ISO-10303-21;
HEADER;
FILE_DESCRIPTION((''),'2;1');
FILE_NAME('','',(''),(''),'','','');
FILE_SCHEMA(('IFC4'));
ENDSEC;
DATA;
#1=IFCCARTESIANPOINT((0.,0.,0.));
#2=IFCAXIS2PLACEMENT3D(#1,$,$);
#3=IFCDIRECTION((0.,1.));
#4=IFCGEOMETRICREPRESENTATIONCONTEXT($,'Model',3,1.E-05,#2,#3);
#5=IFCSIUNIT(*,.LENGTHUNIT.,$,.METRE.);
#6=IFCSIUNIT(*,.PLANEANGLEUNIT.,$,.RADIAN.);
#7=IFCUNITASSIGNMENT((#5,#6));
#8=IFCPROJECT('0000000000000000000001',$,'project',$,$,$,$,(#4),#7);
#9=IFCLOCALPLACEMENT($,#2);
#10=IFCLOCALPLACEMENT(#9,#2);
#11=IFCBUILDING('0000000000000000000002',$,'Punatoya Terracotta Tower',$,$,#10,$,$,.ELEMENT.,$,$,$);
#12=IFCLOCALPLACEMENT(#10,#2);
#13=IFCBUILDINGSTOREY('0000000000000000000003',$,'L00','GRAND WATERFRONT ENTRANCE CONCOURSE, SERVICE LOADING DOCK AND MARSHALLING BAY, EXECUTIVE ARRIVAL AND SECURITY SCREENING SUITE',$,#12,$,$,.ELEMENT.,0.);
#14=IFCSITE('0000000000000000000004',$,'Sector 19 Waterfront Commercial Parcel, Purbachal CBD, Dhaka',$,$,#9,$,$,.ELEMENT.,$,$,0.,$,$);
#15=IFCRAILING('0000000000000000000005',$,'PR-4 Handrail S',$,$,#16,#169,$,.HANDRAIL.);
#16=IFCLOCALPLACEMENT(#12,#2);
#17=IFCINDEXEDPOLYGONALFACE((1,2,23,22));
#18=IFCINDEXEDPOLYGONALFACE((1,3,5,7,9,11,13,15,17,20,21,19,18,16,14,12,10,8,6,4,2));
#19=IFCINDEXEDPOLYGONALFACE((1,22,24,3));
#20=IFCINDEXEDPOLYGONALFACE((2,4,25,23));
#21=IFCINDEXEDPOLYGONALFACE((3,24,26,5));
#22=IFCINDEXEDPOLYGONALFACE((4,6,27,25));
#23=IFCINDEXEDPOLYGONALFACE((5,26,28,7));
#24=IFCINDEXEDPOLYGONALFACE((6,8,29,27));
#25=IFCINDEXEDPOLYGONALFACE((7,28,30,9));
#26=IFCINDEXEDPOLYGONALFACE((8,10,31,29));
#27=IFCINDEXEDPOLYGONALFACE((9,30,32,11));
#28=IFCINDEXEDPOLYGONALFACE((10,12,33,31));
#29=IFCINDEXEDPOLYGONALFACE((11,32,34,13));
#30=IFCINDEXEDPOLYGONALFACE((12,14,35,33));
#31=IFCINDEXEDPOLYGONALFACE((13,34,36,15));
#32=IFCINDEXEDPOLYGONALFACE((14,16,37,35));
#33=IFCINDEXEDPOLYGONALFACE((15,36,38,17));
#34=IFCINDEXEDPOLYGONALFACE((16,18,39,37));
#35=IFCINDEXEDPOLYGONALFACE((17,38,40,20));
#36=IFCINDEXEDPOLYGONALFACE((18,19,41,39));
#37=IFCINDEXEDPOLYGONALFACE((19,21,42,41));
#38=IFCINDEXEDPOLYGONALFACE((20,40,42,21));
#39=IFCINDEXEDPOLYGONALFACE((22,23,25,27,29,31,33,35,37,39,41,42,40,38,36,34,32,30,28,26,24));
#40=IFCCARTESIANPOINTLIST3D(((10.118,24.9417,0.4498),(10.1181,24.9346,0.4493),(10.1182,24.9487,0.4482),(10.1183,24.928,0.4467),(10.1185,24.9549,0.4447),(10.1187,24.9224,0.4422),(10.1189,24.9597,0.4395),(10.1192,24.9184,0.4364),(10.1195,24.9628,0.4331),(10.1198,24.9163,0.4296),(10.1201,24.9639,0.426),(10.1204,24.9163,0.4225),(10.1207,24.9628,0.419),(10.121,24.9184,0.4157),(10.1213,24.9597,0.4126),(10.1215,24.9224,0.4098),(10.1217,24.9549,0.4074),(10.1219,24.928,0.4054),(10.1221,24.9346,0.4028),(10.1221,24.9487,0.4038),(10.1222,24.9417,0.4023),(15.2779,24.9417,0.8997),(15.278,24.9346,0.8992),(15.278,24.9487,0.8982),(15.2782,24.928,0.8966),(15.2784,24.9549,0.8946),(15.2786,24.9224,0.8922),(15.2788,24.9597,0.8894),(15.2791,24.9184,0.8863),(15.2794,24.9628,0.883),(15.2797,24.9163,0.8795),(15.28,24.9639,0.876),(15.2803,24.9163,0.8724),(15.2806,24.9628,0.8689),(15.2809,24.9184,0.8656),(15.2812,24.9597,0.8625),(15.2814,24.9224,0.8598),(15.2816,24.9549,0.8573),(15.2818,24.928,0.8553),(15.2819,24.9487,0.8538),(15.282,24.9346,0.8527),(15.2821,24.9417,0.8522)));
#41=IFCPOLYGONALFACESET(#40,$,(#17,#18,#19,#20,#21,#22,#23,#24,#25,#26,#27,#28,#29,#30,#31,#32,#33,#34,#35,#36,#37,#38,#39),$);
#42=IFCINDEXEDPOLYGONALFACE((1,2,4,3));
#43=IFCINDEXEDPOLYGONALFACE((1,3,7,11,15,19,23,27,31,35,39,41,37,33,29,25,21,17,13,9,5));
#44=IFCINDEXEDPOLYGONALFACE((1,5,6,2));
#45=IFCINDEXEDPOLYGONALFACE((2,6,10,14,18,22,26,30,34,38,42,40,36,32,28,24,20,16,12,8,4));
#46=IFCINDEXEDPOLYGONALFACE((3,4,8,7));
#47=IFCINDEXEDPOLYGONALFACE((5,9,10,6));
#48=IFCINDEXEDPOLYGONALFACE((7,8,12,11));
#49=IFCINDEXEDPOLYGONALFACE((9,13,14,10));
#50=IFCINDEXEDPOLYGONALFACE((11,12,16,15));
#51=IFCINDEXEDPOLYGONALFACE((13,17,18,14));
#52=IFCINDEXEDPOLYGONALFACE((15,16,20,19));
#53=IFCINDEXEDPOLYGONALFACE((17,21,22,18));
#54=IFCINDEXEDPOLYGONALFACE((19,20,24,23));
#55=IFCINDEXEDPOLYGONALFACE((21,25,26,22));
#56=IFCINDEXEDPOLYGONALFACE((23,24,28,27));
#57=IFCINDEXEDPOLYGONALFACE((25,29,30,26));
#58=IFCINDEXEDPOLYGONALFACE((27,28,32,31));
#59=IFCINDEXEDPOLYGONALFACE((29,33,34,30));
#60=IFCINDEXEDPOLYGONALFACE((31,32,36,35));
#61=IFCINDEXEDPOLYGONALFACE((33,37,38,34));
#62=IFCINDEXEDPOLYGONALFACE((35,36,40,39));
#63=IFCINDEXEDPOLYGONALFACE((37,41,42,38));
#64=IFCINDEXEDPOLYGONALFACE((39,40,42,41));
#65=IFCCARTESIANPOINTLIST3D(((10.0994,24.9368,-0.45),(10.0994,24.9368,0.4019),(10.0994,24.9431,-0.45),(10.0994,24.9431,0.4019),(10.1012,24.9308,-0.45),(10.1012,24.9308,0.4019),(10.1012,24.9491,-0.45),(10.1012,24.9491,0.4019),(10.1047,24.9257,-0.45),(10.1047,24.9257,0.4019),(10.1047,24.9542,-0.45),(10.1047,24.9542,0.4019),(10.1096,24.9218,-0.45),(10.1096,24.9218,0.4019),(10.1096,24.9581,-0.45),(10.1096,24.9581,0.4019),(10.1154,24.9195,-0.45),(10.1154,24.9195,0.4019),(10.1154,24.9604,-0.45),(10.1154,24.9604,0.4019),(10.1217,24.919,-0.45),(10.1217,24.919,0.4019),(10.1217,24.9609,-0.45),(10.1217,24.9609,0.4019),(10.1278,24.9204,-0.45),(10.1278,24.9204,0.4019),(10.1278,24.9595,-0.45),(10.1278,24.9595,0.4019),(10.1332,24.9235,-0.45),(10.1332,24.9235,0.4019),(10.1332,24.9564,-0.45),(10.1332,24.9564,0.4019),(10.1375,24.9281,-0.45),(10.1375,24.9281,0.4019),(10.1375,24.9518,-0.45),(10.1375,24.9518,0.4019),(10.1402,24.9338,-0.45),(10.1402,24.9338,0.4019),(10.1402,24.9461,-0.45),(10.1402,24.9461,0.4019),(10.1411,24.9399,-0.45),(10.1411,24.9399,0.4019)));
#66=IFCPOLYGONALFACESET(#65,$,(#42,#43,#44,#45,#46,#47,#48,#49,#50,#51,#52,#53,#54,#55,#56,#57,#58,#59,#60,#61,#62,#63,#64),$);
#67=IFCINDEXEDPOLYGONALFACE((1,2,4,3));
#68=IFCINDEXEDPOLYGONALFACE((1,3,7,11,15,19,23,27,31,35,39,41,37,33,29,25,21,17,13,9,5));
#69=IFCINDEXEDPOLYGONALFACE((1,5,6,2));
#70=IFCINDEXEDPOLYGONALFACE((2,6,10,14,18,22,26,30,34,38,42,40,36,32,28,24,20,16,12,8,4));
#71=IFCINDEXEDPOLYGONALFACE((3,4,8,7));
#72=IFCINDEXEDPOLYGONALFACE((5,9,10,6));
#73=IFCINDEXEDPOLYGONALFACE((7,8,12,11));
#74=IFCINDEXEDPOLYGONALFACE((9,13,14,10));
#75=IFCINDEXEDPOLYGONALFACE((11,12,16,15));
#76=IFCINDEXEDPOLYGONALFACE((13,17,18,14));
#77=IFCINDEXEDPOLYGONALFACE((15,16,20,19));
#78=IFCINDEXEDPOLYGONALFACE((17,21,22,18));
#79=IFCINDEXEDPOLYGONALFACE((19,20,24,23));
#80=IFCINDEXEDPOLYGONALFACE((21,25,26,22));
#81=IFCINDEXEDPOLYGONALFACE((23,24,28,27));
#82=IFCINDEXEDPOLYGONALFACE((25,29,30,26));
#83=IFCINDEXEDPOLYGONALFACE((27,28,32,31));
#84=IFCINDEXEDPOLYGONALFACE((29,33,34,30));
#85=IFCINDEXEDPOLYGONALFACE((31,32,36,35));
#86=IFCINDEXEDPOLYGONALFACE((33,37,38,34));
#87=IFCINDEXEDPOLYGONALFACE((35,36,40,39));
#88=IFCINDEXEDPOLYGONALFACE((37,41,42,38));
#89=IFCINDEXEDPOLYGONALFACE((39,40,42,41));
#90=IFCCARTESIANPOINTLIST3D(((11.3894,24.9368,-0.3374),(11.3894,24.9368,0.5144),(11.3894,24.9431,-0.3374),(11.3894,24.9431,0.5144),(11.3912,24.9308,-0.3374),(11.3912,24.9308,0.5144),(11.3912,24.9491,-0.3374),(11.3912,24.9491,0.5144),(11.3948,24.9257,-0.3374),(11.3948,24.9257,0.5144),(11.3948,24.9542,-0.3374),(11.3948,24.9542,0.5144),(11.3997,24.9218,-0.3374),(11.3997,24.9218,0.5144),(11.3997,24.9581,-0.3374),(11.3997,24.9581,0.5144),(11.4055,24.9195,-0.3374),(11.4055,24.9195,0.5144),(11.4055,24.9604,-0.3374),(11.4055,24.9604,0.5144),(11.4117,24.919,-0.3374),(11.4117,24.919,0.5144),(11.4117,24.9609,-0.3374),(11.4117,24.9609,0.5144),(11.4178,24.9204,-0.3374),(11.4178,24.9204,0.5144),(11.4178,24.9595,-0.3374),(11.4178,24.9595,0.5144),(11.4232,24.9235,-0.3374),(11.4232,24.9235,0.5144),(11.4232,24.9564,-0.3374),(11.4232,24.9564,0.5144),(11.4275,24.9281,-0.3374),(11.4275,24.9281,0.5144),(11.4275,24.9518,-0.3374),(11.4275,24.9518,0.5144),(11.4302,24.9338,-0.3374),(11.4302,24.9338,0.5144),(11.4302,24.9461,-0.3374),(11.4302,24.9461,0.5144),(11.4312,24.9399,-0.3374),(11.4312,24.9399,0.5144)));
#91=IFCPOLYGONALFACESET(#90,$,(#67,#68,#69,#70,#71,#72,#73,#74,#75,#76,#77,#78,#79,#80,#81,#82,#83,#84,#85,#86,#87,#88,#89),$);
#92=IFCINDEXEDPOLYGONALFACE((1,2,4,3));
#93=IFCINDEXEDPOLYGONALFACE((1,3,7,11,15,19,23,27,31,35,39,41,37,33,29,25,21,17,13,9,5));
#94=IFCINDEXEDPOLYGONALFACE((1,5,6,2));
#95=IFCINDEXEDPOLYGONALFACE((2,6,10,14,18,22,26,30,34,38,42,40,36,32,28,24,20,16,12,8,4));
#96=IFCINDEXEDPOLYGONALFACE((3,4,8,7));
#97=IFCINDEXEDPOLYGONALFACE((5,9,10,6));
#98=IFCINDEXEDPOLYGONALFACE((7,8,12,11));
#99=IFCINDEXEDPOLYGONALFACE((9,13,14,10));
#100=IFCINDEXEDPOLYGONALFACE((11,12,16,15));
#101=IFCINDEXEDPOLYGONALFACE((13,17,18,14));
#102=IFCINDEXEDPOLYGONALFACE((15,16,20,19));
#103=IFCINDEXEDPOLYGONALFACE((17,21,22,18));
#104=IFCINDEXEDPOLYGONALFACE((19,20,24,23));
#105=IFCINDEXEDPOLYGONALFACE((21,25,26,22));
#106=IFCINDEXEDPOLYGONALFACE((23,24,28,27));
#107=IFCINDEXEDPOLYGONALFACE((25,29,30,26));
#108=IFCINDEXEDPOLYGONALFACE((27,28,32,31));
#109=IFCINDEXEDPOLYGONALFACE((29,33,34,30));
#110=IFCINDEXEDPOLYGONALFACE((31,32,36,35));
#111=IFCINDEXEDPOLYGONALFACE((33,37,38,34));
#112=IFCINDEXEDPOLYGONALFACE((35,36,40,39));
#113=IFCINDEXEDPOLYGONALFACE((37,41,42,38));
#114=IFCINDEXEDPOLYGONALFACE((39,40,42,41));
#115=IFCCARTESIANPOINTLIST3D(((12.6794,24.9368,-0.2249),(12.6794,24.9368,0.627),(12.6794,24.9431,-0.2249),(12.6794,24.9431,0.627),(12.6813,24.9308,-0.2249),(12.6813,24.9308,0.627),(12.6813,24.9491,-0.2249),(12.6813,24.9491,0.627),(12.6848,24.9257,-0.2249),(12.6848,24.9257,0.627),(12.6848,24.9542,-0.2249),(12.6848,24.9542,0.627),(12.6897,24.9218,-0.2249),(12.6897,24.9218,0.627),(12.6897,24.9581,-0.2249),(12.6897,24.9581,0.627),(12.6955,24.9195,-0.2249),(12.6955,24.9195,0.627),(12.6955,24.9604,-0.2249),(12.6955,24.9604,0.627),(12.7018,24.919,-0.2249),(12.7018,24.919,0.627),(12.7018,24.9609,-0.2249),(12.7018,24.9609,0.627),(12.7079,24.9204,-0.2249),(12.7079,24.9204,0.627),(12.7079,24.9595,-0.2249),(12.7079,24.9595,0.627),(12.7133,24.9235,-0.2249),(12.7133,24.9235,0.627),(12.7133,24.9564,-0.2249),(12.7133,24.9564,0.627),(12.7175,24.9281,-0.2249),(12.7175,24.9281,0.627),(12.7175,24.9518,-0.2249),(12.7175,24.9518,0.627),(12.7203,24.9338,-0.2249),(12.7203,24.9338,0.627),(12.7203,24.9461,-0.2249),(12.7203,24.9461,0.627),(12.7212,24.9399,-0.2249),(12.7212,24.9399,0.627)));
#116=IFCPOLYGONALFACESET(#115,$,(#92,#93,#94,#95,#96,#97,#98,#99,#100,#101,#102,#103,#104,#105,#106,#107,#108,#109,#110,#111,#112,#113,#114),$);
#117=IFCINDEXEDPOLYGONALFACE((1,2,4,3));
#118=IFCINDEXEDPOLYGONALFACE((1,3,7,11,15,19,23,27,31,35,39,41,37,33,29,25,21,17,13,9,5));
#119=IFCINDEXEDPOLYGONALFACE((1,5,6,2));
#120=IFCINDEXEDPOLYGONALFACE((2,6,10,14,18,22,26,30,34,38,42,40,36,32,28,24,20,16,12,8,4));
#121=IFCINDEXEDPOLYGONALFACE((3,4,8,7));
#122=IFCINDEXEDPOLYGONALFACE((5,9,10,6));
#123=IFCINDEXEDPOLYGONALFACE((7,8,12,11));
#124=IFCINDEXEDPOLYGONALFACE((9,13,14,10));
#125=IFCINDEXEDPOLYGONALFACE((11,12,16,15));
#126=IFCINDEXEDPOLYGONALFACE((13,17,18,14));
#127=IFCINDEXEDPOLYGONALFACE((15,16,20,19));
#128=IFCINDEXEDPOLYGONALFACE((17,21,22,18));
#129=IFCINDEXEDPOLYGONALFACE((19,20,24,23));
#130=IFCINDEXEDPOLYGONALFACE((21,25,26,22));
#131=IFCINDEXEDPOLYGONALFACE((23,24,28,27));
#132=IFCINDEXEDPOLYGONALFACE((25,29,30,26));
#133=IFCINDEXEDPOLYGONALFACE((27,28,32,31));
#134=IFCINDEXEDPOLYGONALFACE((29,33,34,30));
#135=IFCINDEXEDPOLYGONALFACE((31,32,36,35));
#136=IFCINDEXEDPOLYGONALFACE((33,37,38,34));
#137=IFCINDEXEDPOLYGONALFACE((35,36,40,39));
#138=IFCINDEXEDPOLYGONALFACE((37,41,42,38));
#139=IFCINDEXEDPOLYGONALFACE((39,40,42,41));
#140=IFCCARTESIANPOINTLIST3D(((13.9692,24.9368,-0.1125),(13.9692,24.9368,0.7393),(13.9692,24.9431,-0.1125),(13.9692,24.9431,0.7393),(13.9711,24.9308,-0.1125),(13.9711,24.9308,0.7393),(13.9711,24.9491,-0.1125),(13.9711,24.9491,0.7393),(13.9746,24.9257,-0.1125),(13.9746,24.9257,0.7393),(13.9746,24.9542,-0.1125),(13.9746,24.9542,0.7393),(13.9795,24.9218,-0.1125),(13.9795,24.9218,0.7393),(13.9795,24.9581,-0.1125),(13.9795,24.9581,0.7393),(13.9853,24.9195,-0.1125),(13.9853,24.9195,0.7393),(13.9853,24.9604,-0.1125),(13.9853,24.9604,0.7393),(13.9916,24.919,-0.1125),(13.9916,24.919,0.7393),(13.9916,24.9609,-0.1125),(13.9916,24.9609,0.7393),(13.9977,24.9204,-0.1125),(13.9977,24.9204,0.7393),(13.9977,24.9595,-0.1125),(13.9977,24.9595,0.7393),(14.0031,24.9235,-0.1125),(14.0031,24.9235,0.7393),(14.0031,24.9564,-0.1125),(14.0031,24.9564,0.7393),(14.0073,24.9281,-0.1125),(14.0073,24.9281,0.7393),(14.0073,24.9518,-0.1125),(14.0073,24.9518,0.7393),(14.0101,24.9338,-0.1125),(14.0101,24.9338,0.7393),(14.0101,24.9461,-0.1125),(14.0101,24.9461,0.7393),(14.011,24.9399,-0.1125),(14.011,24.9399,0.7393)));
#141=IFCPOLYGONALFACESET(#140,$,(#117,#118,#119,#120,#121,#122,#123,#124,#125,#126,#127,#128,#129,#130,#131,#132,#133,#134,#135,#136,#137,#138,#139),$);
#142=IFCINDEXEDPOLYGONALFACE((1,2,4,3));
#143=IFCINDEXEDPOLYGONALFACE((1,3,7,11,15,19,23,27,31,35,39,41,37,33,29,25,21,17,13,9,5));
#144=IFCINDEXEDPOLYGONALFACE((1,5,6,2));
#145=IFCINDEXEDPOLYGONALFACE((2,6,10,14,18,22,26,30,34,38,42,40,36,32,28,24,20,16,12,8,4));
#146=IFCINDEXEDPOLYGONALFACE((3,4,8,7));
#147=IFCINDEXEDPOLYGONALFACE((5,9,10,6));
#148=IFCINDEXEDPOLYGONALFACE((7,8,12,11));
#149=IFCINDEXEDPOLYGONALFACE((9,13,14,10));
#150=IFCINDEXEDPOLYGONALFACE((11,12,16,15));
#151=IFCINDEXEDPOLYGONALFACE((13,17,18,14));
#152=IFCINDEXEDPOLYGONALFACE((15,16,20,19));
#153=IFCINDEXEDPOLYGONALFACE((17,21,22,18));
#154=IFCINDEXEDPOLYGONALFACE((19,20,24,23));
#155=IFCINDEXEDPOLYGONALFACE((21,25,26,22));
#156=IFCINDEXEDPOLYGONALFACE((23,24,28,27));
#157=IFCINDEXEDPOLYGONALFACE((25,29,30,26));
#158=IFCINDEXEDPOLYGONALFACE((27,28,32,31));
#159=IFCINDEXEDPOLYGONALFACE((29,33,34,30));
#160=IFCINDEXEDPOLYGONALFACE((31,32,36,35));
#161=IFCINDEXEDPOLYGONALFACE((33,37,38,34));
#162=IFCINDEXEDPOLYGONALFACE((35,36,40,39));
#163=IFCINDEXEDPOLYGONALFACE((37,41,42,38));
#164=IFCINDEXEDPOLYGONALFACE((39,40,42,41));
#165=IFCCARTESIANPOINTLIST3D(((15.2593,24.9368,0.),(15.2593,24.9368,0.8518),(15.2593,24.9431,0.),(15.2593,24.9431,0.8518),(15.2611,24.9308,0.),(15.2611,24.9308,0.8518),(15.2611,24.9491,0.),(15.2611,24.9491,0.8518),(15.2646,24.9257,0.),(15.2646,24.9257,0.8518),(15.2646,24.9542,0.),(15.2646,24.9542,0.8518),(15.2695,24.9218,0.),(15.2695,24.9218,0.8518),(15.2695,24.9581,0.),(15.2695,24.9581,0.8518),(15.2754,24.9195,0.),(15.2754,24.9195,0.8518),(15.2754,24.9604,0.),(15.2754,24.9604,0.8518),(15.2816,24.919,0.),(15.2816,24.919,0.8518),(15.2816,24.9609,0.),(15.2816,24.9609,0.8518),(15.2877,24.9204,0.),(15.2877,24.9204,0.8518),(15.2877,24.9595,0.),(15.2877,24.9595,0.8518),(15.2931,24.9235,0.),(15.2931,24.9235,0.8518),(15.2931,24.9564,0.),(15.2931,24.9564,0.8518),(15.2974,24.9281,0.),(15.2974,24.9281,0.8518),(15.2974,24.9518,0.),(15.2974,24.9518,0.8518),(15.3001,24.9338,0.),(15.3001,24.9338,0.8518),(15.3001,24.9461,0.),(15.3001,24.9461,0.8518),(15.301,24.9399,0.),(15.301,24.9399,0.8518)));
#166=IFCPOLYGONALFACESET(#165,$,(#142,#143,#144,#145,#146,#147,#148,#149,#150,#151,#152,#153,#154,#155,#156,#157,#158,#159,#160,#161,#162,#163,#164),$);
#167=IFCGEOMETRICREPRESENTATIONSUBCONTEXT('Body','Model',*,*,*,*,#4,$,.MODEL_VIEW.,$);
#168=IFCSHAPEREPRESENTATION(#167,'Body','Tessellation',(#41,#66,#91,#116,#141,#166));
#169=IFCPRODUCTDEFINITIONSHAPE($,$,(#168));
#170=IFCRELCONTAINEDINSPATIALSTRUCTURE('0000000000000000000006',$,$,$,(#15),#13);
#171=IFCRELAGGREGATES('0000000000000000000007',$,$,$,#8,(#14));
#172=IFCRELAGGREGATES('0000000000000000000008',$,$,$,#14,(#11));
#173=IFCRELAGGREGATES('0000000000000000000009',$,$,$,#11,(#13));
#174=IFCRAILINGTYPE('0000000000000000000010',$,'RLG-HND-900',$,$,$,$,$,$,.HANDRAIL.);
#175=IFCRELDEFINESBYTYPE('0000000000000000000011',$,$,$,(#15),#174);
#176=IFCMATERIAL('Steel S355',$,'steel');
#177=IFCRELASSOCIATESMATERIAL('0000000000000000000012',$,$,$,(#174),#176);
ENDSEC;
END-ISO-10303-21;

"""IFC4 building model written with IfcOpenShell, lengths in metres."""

from ifc_helpers import new_model, si_unit, direction, frame, origin, origin_2d, place, context, subcontext, project, spatial, circle, extrude, material, type_object, element, save


model = new_model("IFC4")

# Units and contexts
model_context = context("Model", 3, precision=1e-05, world=origin(), true_north=direction((0.0, 1.0)))
body_context = subcontext(model_context, "Body", "Model", "MODEL_VIEW")
ifc_project = project(units=[si_unit("LENGTHUNIT", "METRE"), si_unit("PLANEANGLEUNIT", "RADIAN")], contexts=[model_context])

# Site, building, storey
site_placement = place(None, origin())
site = spatial("IfcSite", under=ifc_project, at=site_placement, Name="Sector 19 Waterfront Commercial Parcel, Purbachal CBD, Dhaka", CompositionType="ELEMENT", RefElevation=0.0)
building_placement = place(site_placement, origin())
building = spatial("IfcBuilding", under=site, at=building_placement, Name="Punatoya Terracotta Tower", CompositionType="ELEMENT")
storey_placement = place(building_placement, origin())
storey = spatial("IfcBuildingStorey", under=building, at=storey_placement, Name="L00", Description="GRAND WATERFRONT ENTRANCE CONCOURSE, SERVICE LOADING DOCK AND MARSHALLING BAY, EXECUTIVE ARRIVAL AND SECURITY SCREENING SUITE", CompositionType="ELEMENT", Elevation=0.0)

# Shared definitions
ifc_material_1 = material(Name="Steel S355", Category="steel")

# Railing
railing_type_1 = type_object("IfcRailingType", Name="RLG-HND-900", PredefinedType="HANDRAIL", material=ifc_material_1)
for number, where, name in (
    (1, (10.1201, 24.9399, -0.45), "PR-4 Handrail S"),
):
    element("IfcRailing", number, at=place(storey_placement, frame(where)), inside=storey, type_object=railing_type_1, Name=name, PredefinedType="HANDRAIL", context=body_context, shape_type="SweptSolid", body=[
        extrude(circle(Radius=0.0239, at=origin_2d()), frame((0.0, 0.0, 0.876), z_axis=(0.99622, 0.0, 0.086872), x_axis=(0.0, 1.0, 0.0)), (0.0, 0.0, 1.0), 5.1794),
        extrude(circle(Radius=0.021, at=origin_2d()), origin(), (0.0, 0.0, 1.0), 0.8518),
        extrude(circle(Radius=0.021, at=origin_2d()), frame((1.29, 0.0, 0.1125)), (0.0, 0.0, 1.0), 0.8518),
        extrude(circle(Radius=0.021, at=origin_2d()), frame((2.5801, 0.0, 0.2251)), (0.0, 0.0, 1.0), 0.8518),
        extrude(circle(Radius=0.021, at=origin_2d()), frame((3.8699, 0.0, 0.3374)), (0.0, 0.0, 1.0), 0.8518),
        extrude(circle(Radius=0.021, at=origin_2d()), frame((5.1599, 0.0, 0.45)), (0.0, 0.0, 1.0), 0.8518),
    ])

save(model, "model.ifc")
